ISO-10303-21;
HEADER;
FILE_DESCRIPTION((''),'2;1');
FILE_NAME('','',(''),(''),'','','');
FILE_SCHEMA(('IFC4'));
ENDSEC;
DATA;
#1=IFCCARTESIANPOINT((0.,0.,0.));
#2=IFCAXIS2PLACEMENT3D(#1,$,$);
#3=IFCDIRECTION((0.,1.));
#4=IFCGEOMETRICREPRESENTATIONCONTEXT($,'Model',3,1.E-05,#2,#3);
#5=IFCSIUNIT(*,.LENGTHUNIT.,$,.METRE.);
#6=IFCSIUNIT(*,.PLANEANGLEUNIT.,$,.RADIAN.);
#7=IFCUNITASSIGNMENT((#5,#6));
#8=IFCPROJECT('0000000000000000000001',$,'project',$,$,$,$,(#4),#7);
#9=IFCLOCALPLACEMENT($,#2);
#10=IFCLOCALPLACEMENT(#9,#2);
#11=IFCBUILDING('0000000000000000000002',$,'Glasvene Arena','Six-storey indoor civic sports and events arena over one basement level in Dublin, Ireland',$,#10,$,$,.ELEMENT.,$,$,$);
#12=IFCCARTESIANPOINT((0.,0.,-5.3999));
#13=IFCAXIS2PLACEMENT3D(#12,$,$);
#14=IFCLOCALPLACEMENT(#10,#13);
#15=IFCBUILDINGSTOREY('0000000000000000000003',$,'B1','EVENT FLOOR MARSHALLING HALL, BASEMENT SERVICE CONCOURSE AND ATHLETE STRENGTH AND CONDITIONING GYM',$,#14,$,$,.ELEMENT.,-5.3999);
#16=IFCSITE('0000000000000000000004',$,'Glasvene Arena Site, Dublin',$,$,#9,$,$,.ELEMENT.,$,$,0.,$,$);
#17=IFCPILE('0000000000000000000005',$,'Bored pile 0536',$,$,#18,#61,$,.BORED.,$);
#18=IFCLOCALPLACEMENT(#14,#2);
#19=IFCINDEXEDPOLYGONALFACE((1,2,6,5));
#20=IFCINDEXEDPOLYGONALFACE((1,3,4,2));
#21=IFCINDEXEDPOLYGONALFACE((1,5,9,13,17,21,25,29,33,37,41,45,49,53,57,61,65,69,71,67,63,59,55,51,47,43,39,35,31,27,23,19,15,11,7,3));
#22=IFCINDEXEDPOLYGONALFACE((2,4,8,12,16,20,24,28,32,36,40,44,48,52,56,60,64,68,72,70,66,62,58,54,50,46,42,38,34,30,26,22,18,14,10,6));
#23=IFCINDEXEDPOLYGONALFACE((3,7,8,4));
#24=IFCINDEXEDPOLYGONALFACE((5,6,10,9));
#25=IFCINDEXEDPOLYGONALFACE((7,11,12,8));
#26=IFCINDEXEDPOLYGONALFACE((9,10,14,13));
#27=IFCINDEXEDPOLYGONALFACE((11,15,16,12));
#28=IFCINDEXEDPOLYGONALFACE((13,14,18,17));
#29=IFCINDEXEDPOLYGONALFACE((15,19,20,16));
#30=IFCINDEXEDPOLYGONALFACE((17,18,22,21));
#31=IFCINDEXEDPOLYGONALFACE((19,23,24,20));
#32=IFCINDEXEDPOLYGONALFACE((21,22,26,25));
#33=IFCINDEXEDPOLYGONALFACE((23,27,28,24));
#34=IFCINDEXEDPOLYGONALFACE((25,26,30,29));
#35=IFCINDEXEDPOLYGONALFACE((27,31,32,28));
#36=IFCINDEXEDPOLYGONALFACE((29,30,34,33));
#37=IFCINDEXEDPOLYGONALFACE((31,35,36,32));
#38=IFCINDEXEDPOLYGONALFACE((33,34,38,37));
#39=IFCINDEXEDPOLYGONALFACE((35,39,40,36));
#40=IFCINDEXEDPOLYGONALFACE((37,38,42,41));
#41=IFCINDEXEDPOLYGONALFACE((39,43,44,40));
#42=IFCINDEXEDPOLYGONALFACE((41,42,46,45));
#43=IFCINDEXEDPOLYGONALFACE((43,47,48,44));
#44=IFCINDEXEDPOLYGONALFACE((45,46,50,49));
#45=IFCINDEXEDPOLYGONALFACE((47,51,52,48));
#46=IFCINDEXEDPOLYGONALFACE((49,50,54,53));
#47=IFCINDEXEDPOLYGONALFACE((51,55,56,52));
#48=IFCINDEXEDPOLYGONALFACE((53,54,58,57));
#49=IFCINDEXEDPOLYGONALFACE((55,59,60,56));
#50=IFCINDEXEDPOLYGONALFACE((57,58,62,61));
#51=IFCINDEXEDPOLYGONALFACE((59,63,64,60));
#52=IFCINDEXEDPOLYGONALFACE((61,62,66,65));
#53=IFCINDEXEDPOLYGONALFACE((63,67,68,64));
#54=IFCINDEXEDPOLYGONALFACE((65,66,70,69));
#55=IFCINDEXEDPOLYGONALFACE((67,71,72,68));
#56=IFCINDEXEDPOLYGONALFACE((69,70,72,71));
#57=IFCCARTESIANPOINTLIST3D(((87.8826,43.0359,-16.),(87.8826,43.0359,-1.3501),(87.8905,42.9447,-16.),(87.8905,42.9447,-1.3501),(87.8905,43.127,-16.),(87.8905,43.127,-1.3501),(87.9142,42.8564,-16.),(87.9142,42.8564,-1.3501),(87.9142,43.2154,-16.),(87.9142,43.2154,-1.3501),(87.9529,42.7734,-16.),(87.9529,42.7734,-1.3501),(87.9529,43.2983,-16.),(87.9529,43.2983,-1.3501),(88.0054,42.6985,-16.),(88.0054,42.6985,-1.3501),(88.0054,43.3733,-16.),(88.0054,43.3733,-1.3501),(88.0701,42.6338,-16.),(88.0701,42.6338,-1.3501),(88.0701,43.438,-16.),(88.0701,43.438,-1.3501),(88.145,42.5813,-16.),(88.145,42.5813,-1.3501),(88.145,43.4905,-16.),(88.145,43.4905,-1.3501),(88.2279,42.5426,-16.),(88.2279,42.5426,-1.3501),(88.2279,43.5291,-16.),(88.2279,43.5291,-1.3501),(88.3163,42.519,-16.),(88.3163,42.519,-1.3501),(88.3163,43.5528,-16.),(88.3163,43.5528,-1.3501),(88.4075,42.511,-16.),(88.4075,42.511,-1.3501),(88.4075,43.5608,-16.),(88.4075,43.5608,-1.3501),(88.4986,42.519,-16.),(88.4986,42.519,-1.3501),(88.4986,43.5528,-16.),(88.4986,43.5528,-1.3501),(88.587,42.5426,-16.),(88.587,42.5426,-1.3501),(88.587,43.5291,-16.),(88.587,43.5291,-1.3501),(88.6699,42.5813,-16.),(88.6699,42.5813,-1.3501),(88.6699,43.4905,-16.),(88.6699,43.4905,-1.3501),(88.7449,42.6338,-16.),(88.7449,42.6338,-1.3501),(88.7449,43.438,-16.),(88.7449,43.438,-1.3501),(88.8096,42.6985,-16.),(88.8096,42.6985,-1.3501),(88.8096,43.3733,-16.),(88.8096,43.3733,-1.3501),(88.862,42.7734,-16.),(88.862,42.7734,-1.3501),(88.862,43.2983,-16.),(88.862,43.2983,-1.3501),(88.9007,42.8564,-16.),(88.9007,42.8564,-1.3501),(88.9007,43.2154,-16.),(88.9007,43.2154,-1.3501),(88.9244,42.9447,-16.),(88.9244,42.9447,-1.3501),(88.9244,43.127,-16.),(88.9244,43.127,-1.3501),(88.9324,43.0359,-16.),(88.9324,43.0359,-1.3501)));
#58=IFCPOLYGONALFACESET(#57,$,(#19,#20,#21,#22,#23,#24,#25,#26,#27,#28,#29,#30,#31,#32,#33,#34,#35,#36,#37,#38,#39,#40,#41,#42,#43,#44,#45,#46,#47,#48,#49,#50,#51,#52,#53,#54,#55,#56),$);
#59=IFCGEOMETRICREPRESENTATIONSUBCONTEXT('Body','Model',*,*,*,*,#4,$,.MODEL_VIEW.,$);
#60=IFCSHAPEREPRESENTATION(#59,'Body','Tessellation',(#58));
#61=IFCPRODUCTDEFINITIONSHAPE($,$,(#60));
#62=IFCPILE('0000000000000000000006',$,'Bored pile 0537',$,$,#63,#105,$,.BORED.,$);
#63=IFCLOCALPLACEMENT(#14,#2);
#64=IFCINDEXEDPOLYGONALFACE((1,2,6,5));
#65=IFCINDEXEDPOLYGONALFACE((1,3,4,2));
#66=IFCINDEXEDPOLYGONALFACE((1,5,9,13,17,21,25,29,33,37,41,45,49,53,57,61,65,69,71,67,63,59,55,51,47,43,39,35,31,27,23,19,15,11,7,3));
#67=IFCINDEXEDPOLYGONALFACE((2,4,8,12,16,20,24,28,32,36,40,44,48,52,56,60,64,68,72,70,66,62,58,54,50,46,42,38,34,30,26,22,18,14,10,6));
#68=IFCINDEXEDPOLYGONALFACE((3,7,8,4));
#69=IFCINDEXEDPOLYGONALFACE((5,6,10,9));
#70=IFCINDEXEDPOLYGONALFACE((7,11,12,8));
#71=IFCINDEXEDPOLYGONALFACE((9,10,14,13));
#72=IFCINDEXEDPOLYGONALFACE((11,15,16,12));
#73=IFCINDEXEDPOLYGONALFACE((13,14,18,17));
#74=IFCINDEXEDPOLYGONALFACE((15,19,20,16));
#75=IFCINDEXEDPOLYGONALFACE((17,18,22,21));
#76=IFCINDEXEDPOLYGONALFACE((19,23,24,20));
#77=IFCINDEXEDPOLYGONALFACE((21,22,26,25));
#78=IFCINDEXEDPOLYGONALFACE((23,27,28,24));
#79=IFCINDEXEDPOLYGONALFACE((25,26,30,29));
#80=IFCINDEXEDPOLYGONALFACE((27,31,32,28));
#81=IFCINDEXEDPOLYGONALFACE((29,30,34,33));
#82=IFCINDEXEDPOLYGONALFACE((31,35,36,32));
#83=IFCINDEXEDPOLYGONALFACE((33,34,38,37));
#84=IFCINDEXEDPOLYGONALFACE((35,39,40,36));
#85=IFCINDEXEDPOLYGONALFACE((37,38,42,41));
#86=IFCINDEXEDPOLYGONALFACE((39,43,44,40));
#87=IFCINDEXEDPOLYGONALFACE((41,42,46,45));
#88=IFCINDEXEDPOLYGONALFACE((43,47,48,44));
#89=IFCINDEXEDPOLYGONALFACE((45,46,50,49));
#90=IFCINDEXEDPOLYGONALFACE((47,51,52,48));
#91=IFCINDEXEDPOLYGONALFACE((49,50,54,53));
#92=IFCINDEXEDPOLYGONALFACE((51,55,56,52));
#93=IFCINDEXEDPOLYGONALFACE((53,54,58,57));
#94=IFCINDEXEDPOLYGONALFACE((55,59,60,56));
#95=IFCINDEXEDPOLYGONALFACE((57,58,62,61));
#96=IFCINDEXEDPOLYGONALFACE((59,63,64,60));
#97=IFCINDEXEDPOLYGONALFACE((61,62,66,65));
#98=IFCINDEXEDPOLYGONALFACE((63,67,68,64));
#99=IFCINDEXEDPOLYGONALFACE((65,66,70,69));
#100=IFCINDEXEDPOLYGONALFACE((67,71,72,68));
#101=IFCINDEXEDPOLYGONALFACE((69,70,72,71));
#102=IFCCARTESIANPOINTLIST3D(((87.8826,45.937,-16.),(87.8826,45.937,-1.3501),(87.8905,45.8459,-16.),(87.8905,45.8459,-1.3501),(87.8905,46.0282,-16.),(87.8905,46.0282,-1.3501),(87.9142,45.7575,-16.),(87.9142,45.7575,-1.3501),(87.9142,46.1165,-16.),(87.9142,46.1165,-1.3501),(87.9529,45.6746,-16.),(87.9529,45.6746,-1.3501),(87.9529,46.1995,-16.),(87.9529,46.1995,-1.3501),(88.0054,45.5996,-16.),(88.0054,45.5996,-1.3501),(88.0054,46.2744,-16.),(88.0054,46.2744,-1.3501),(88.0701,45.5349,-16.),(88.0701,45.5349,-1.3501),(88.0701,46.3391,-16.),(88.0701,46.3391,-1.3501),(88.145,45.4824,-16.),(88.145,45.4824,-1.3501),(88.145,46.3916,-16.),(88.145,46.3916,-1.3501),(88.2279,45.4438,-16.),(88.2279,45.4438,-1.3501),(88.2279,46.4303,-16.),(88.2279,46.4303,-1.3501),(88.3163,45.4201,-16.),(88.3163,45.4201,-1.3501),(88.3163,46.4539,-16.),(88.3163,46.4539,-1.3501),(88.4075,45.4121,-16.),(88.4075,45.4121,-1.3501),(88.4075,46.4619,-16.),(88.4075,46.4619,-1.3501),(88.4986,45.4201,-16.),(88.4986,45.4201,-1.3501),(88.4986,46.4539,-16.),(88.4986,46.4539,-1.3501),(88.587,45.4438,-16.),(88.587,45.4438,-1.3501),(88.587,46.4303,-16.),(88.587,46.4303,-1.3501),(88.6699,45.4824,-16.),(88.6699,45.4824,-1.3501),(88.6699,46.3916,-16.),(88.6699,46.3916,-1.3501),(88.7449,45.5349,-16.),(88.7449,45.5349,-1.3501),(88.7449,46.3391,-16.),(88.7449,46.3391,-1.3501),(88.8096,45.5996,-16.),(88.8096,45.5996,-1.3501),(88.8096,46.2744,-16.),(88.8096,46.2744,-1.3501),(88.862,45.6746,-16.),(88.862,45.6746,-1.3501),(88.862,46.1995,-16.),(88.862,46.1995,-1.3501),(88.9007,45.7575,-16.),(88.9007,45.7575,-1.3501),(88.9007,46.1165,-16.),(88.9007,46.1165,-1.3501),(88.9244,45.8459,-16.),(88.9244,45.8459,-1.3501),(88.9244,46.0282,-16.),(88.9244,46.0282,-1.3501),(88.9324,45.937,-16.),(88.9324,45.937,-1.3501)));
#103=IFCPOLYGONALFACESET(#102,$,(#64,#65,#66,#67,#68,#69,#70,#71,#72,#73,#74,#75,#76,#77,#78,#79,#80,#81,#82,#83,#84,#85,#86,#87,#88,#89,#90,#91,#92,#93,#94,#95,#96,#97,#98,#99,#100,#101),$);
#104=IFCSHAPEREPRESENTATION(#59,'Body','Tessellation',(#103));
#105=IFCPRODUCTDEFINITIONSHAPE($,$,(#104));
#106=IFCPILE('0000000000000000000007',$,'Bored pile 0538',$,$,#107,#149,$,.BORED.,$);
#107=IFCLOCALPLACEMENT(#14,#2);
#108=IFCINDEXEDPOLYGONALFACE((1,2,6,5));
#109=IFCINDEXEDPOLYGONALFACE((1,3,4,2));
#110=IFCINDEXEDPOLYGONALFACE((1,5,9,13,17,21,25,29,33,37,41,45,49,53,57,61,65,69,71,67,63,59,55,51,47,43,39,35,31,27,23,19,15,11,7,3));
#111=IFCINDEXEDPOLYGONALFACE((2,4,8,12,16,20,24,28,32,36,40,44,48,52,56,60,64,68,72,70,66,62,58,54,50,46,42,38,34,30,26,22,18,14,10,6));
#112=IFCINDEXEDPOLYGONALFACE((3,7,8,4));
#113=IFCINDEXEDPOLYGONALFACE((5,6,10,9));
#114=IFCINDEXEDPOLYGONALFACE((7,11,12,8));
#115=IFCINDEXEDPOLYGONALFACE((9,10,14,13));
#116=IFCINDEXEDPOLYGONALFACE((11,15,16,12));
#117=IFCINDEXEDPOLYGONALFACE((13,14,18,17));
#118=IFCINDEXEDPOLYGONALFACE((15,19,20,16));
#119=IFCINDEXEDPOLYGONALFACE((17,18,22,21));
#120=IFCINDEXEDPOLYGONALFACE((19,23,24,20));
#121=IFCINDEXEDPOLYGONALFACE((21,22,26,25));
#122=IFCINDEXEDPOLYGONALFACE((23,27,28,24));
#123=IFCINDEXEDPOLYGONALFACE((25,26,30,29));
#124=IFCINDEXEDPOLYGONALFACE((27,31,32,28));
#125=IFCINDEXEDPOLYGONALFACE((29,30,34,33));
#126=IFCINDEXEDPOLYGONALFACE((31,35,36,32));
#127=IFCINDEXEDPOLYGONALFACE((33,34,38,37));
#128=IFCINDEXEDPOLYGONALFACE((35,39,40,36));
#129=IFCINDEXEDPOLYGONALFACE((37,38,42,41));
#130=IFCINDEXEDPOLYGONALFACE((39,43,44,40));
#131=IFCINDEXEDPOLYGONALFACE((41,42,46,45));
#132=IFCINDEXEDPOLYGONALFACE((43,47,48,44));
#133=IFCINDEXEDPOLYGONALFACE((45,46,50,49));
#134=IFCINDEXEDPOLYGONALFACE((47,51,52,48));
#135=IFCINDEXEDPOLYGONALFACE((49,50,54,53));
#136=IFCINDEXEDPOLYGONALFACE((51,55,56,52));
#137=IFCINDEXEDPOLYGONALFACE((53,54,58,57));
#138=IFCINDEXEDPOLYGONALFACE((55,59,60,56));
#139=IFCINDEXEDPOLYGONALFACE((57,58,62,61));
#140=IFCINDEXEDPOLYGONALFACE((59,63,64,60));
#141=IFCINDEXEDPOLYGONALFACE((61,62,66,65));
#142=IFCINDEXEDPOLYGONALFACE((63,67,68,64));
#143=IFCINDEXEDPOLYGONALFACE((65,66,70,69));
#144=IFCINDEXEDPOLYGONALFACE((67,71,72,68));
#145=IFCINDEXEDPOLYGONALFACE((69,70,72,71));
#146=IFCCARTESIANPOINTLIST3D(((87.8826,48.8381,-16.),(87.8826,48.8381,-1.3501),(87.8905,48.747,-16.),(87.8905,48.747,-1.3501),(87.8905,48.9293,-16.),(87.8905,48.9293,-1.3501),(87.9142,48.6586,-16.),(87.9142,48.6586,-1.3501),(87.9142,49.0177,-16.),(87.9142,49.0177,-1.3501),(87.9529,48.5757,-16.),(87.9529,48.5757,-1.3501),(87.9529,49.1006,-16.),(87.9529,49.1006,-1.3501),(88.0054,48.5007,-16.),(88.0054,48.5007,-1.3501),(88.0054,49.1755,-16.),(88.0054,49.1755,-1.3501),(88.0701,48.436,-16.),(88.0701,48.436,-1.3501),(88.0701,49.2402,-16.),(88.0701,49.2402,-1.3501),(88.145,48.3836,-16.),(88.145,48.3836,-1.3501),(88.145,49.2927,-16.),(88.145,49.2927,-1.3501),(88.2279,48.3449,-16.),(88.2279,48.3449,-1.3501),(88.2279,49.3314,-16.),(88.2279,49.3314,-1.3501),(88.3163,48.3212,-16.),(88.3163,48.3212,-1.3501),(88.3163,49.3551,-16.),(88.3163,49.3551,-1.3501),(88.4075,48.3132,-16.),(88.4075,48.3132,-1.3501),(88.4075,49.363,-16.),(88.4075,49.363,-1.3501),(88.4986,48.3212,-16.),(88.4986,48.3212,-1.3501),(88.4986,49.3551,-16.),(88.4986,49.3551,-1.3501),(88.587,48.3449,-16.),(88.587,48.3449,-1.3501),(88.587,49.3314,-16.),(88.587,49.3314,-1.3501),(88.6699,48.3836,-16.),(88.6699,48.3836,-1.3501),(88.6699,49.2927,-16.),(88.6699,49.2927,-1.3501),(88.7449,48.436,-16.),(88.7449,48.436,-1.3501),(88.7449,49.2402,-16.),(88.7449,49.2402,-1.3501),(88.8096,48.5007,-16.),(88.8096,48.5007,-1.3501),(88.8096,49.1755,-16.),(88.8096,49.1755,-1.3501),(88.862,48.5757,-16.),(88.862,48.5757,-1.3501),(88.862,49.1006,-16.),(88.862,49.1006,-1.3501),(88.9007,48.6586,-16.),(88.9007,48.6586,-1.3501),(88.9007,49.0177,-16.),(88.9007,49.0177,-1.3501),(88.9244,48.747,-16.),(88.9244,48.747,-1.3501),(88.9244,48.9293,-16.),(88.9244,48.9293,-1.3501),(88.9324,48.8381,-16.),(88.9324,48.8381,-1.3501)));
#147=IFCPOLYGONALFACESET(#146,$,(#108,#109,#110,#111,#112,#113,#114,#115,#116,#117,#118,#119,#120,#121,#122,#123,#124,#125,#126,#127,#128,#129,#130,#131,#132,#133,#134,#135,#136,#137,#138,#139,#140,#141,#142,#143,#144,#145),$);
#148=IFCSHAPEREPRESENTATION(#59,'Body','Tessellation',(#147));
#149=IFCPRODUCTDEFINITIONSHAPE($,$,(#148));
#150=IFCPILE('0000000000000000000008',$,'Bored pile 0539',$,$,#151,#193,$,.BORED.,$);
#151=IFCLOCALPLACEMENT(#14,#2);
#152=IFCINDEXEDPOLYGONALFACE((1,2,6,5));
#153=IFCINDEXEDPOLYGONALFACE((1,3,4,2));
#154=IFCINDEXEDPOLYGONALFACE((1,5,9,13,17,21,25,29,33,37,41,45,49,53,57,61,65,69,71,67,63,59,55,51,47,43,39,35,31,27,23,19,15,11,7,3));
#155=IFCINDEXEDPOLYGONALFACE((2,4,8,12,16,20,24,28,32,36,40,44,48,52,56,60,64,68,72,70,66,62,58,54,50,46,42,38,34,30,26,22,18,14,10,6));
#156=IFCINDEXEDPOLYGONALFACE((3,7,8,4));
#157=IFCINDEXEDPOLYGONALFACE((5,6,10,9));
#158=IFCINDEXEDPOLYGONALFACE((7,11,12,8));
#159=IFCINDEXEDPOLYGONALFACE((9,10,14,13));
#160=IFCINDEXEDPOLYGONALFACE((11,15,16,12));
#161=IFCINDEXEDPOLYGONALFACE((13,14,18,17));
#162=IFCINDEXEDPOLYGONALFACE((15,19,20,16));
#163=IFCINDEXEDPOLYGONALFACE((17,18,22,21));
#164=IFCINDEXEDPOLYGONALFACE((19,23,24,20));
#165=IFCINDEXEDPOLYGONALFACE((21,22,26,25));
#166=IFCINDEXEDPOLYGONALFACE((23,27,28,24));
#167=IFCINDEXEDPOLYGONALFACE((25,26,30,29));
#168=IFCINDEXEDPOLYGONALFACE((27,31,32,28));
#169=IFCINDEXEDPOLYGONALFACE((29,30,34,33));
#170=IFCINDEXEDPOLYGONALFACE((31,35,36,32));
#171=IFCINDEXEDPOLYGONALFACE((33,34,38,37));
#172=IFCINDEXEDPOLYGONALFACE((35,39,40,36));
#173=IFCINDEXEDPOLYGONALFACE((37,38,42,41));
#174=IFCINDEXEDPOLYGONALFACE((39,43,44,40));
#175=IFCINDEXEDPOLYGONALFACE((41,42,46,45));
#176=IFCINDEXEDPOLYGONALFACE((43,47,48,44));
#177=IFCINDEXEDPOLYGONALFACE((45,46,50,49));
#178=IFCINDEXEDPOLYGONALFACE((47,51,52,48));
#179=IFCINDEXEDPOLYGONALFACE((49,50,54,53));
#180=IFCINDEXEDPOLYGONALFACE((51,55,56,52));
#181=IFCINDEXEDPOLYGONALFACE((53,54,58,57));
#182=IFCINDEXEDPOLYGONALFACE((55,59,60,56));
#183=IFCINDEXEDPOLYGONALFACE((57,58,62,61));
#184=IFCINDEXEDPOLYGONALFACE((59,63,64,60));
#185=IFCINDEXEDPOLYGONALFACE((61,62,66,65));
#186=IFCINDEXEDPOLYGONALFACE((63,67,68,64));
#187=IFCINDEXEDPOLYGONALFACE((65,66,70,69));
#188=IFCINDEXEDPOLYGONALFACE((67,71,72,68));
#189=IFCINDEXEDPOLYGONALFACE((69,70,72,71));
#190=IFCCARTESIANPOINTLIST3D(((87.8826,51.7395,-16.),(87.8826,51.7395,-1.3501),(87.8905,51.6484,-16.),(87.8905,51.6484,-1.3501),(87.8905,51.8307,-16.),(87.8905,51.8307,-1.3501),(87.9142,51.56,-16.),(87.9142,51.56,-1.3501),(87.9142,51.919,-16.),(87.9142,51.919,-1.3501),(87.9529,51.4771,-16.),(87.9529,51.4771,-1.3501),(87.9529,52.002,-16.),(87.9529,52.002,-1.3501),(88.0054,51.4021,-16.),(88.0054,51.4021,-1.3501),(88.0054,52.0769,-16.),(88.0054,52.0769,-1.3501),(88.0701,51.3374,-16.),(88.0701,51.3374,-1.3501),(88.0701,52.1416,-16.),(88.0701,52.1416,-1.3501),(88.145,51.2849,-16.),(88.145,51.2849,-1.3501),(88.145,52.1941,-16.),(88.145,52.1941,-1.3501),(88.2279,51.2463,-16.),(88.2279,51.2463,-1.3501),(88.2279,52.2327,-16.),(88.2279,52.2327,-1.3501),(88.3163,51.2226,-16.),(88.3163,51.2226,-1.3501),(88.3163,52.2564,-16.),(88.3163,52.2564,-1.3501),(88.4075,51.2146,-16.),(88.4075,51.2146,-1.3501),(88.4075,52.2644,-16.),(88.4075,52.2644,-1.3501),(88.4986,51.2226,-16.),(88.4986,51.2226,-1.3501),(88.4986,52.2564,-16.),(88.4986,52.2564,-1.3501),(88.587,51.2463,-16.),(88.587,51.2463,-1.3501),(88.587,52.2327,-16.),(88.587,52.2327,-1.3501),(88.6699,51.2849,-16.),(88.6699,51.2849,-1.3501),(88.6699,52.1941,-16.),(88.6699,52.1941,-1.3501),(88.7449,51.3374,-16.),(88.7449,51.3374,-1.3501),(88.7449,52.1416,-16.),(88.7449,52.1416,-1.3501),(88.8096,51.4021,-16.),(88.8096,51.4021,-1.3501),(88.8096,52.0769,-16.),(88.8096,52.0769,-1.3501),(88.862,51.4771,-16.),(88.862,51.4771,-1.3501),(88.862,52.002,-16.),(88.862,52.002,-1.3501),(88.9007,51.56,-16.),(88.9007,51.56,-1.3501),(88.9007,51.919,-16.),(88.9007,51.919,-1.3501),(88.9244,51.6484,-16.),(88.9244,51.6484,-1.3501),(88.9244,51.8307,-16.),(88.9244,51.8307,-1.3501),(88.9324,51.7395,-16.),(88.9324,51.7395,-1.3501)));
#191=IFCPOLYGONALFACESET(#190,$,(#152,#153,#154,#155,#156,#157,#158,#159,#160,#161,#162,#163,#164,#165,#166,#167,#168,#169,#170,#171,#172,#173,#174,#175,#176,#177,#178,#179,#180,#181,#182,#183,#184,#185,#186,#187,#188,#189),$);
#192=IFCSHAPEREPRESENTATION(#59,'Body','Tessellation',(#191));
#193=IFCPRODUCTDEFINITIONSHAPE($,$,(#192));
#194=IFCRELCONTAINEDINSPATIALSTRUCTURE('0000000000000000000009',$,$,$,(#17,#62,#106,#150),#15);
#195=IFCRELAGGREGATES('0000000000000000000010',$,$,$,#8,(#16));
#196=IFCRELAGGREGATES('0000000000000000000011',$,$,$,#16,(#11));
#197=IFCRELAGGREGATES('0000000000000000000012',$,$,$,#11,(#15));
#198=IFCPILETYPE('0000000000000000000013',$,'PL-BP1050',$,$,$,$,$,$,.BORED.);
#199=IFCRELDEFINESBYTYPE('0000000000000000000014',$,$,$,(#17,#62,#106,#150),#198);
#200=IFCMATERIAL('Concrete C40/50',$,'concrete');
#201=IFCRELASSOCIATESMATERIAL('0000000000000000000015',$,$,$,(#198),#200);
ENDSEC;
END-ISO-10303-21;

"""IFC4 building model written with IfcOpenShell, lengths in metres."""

from ifc_helpers import new_model, si_unit, direction, frame, origin, origin_2d, place, context, subcontext, project, spatial, circle, extrude, material, material_profile, profile_set, type_object, element, save


model = new_model("IFC4")

# Units and contexts
model_context = context("Model", 3, precision=1e-05, world=origin(), true_north=direction((0.0, 1.0)))
body_context = subcontext(model_context, "Body", "Model", "MODEL_VIEW")
ifc_project = project(units=[si_unit("LENGTHUNIT", "METRE"), si_unit("PLANEANGLEUNIT", "RADIAN")], contexts=[model_context])

# Site, building, storey
site_placement = place(None, origin())
site = spatial("IfcSite", under=ifc_project, at=site_placement, Name="Glasvene Arena Site, Dublin", CompositionType="ELEMENT", RefElevation=0.0)
building_placement = place(site_placement, origin())
building = spatial("IfcBuilding", under=site, at=building_placement, Name="Glasvene Arena", Description="Six-storey indoor civic sports and events arena over one basement level in Dublin, Ireland", CompositionType="ELEMENT")
storey_placement = place(building_placement, frame((0.0, 0.0, -5.3999)))
storey = spatial("IfcBuildingStorey", under=building, at=storey_placement, Name="B1", Description="EVENT FLOOR MARSHALLING HALL, BASEMENT SERVICE CONCOURSE AND ATHLETE STRENGTH AND CONDITIONING GYM", CompositionType="ELEMENT", Elevation=-5.3999)

# Piles
ifc_material_1 = material(Name="Concrete C40/50", Category="concrete")
ifc_material_profile_1 = material_profile(ifc_material_1, circle(Radius=0.5249, at=origin_2d()), Name="BORED PILE 1050")
ifc_profile_set_1 = profile_set([ifc_material_profile_1], Name="Concrete C40/50")
pile_type = type_object("IfcPileType", Name="PL-BP1050", PredefinedType="BORED", material=ifc_profile_set_1)
for number, where, z_axis, x_axis, name in (
    (1, (88.4075, 43.0359, -1.3501), (0.0, 0.0, -1.0), (1.0, 0.0, 0.0), "Bored pile 0536"),
    (2, (88.4075, 45.937, -1.3501), (0.0, 0.0, -1.0), (1.0, 0.0, 0.0), "Bored pile 0537"),
    (3, (88.4075, 48.8381, -1.3501), (0.0, 0.0, -1.0), (1.0, 0.0, 0.0), "Bored pile 0538"),
    (4, (88.4075, 51.7395, -1.3501), (0.0, 0.0, -1.0), (1.0, 0.0, 0.0), "Bored pile 0539"),
):
    element("IfcPile", number, at=place(storey_placement, frame(where, z_axis=z_axis, x_axis=x_axis)), inside=storey, type_object=pile_type, Name=name, PredefinedType="BORED", context=body_context, shape_type="SweptSolid", body=[
        extrude(circle(Radius=0.5249, at=origin_2d()), origin(), (0.0, 0.0, 1.0), 14.6499),
    ])

save(model, "model.ifc")
